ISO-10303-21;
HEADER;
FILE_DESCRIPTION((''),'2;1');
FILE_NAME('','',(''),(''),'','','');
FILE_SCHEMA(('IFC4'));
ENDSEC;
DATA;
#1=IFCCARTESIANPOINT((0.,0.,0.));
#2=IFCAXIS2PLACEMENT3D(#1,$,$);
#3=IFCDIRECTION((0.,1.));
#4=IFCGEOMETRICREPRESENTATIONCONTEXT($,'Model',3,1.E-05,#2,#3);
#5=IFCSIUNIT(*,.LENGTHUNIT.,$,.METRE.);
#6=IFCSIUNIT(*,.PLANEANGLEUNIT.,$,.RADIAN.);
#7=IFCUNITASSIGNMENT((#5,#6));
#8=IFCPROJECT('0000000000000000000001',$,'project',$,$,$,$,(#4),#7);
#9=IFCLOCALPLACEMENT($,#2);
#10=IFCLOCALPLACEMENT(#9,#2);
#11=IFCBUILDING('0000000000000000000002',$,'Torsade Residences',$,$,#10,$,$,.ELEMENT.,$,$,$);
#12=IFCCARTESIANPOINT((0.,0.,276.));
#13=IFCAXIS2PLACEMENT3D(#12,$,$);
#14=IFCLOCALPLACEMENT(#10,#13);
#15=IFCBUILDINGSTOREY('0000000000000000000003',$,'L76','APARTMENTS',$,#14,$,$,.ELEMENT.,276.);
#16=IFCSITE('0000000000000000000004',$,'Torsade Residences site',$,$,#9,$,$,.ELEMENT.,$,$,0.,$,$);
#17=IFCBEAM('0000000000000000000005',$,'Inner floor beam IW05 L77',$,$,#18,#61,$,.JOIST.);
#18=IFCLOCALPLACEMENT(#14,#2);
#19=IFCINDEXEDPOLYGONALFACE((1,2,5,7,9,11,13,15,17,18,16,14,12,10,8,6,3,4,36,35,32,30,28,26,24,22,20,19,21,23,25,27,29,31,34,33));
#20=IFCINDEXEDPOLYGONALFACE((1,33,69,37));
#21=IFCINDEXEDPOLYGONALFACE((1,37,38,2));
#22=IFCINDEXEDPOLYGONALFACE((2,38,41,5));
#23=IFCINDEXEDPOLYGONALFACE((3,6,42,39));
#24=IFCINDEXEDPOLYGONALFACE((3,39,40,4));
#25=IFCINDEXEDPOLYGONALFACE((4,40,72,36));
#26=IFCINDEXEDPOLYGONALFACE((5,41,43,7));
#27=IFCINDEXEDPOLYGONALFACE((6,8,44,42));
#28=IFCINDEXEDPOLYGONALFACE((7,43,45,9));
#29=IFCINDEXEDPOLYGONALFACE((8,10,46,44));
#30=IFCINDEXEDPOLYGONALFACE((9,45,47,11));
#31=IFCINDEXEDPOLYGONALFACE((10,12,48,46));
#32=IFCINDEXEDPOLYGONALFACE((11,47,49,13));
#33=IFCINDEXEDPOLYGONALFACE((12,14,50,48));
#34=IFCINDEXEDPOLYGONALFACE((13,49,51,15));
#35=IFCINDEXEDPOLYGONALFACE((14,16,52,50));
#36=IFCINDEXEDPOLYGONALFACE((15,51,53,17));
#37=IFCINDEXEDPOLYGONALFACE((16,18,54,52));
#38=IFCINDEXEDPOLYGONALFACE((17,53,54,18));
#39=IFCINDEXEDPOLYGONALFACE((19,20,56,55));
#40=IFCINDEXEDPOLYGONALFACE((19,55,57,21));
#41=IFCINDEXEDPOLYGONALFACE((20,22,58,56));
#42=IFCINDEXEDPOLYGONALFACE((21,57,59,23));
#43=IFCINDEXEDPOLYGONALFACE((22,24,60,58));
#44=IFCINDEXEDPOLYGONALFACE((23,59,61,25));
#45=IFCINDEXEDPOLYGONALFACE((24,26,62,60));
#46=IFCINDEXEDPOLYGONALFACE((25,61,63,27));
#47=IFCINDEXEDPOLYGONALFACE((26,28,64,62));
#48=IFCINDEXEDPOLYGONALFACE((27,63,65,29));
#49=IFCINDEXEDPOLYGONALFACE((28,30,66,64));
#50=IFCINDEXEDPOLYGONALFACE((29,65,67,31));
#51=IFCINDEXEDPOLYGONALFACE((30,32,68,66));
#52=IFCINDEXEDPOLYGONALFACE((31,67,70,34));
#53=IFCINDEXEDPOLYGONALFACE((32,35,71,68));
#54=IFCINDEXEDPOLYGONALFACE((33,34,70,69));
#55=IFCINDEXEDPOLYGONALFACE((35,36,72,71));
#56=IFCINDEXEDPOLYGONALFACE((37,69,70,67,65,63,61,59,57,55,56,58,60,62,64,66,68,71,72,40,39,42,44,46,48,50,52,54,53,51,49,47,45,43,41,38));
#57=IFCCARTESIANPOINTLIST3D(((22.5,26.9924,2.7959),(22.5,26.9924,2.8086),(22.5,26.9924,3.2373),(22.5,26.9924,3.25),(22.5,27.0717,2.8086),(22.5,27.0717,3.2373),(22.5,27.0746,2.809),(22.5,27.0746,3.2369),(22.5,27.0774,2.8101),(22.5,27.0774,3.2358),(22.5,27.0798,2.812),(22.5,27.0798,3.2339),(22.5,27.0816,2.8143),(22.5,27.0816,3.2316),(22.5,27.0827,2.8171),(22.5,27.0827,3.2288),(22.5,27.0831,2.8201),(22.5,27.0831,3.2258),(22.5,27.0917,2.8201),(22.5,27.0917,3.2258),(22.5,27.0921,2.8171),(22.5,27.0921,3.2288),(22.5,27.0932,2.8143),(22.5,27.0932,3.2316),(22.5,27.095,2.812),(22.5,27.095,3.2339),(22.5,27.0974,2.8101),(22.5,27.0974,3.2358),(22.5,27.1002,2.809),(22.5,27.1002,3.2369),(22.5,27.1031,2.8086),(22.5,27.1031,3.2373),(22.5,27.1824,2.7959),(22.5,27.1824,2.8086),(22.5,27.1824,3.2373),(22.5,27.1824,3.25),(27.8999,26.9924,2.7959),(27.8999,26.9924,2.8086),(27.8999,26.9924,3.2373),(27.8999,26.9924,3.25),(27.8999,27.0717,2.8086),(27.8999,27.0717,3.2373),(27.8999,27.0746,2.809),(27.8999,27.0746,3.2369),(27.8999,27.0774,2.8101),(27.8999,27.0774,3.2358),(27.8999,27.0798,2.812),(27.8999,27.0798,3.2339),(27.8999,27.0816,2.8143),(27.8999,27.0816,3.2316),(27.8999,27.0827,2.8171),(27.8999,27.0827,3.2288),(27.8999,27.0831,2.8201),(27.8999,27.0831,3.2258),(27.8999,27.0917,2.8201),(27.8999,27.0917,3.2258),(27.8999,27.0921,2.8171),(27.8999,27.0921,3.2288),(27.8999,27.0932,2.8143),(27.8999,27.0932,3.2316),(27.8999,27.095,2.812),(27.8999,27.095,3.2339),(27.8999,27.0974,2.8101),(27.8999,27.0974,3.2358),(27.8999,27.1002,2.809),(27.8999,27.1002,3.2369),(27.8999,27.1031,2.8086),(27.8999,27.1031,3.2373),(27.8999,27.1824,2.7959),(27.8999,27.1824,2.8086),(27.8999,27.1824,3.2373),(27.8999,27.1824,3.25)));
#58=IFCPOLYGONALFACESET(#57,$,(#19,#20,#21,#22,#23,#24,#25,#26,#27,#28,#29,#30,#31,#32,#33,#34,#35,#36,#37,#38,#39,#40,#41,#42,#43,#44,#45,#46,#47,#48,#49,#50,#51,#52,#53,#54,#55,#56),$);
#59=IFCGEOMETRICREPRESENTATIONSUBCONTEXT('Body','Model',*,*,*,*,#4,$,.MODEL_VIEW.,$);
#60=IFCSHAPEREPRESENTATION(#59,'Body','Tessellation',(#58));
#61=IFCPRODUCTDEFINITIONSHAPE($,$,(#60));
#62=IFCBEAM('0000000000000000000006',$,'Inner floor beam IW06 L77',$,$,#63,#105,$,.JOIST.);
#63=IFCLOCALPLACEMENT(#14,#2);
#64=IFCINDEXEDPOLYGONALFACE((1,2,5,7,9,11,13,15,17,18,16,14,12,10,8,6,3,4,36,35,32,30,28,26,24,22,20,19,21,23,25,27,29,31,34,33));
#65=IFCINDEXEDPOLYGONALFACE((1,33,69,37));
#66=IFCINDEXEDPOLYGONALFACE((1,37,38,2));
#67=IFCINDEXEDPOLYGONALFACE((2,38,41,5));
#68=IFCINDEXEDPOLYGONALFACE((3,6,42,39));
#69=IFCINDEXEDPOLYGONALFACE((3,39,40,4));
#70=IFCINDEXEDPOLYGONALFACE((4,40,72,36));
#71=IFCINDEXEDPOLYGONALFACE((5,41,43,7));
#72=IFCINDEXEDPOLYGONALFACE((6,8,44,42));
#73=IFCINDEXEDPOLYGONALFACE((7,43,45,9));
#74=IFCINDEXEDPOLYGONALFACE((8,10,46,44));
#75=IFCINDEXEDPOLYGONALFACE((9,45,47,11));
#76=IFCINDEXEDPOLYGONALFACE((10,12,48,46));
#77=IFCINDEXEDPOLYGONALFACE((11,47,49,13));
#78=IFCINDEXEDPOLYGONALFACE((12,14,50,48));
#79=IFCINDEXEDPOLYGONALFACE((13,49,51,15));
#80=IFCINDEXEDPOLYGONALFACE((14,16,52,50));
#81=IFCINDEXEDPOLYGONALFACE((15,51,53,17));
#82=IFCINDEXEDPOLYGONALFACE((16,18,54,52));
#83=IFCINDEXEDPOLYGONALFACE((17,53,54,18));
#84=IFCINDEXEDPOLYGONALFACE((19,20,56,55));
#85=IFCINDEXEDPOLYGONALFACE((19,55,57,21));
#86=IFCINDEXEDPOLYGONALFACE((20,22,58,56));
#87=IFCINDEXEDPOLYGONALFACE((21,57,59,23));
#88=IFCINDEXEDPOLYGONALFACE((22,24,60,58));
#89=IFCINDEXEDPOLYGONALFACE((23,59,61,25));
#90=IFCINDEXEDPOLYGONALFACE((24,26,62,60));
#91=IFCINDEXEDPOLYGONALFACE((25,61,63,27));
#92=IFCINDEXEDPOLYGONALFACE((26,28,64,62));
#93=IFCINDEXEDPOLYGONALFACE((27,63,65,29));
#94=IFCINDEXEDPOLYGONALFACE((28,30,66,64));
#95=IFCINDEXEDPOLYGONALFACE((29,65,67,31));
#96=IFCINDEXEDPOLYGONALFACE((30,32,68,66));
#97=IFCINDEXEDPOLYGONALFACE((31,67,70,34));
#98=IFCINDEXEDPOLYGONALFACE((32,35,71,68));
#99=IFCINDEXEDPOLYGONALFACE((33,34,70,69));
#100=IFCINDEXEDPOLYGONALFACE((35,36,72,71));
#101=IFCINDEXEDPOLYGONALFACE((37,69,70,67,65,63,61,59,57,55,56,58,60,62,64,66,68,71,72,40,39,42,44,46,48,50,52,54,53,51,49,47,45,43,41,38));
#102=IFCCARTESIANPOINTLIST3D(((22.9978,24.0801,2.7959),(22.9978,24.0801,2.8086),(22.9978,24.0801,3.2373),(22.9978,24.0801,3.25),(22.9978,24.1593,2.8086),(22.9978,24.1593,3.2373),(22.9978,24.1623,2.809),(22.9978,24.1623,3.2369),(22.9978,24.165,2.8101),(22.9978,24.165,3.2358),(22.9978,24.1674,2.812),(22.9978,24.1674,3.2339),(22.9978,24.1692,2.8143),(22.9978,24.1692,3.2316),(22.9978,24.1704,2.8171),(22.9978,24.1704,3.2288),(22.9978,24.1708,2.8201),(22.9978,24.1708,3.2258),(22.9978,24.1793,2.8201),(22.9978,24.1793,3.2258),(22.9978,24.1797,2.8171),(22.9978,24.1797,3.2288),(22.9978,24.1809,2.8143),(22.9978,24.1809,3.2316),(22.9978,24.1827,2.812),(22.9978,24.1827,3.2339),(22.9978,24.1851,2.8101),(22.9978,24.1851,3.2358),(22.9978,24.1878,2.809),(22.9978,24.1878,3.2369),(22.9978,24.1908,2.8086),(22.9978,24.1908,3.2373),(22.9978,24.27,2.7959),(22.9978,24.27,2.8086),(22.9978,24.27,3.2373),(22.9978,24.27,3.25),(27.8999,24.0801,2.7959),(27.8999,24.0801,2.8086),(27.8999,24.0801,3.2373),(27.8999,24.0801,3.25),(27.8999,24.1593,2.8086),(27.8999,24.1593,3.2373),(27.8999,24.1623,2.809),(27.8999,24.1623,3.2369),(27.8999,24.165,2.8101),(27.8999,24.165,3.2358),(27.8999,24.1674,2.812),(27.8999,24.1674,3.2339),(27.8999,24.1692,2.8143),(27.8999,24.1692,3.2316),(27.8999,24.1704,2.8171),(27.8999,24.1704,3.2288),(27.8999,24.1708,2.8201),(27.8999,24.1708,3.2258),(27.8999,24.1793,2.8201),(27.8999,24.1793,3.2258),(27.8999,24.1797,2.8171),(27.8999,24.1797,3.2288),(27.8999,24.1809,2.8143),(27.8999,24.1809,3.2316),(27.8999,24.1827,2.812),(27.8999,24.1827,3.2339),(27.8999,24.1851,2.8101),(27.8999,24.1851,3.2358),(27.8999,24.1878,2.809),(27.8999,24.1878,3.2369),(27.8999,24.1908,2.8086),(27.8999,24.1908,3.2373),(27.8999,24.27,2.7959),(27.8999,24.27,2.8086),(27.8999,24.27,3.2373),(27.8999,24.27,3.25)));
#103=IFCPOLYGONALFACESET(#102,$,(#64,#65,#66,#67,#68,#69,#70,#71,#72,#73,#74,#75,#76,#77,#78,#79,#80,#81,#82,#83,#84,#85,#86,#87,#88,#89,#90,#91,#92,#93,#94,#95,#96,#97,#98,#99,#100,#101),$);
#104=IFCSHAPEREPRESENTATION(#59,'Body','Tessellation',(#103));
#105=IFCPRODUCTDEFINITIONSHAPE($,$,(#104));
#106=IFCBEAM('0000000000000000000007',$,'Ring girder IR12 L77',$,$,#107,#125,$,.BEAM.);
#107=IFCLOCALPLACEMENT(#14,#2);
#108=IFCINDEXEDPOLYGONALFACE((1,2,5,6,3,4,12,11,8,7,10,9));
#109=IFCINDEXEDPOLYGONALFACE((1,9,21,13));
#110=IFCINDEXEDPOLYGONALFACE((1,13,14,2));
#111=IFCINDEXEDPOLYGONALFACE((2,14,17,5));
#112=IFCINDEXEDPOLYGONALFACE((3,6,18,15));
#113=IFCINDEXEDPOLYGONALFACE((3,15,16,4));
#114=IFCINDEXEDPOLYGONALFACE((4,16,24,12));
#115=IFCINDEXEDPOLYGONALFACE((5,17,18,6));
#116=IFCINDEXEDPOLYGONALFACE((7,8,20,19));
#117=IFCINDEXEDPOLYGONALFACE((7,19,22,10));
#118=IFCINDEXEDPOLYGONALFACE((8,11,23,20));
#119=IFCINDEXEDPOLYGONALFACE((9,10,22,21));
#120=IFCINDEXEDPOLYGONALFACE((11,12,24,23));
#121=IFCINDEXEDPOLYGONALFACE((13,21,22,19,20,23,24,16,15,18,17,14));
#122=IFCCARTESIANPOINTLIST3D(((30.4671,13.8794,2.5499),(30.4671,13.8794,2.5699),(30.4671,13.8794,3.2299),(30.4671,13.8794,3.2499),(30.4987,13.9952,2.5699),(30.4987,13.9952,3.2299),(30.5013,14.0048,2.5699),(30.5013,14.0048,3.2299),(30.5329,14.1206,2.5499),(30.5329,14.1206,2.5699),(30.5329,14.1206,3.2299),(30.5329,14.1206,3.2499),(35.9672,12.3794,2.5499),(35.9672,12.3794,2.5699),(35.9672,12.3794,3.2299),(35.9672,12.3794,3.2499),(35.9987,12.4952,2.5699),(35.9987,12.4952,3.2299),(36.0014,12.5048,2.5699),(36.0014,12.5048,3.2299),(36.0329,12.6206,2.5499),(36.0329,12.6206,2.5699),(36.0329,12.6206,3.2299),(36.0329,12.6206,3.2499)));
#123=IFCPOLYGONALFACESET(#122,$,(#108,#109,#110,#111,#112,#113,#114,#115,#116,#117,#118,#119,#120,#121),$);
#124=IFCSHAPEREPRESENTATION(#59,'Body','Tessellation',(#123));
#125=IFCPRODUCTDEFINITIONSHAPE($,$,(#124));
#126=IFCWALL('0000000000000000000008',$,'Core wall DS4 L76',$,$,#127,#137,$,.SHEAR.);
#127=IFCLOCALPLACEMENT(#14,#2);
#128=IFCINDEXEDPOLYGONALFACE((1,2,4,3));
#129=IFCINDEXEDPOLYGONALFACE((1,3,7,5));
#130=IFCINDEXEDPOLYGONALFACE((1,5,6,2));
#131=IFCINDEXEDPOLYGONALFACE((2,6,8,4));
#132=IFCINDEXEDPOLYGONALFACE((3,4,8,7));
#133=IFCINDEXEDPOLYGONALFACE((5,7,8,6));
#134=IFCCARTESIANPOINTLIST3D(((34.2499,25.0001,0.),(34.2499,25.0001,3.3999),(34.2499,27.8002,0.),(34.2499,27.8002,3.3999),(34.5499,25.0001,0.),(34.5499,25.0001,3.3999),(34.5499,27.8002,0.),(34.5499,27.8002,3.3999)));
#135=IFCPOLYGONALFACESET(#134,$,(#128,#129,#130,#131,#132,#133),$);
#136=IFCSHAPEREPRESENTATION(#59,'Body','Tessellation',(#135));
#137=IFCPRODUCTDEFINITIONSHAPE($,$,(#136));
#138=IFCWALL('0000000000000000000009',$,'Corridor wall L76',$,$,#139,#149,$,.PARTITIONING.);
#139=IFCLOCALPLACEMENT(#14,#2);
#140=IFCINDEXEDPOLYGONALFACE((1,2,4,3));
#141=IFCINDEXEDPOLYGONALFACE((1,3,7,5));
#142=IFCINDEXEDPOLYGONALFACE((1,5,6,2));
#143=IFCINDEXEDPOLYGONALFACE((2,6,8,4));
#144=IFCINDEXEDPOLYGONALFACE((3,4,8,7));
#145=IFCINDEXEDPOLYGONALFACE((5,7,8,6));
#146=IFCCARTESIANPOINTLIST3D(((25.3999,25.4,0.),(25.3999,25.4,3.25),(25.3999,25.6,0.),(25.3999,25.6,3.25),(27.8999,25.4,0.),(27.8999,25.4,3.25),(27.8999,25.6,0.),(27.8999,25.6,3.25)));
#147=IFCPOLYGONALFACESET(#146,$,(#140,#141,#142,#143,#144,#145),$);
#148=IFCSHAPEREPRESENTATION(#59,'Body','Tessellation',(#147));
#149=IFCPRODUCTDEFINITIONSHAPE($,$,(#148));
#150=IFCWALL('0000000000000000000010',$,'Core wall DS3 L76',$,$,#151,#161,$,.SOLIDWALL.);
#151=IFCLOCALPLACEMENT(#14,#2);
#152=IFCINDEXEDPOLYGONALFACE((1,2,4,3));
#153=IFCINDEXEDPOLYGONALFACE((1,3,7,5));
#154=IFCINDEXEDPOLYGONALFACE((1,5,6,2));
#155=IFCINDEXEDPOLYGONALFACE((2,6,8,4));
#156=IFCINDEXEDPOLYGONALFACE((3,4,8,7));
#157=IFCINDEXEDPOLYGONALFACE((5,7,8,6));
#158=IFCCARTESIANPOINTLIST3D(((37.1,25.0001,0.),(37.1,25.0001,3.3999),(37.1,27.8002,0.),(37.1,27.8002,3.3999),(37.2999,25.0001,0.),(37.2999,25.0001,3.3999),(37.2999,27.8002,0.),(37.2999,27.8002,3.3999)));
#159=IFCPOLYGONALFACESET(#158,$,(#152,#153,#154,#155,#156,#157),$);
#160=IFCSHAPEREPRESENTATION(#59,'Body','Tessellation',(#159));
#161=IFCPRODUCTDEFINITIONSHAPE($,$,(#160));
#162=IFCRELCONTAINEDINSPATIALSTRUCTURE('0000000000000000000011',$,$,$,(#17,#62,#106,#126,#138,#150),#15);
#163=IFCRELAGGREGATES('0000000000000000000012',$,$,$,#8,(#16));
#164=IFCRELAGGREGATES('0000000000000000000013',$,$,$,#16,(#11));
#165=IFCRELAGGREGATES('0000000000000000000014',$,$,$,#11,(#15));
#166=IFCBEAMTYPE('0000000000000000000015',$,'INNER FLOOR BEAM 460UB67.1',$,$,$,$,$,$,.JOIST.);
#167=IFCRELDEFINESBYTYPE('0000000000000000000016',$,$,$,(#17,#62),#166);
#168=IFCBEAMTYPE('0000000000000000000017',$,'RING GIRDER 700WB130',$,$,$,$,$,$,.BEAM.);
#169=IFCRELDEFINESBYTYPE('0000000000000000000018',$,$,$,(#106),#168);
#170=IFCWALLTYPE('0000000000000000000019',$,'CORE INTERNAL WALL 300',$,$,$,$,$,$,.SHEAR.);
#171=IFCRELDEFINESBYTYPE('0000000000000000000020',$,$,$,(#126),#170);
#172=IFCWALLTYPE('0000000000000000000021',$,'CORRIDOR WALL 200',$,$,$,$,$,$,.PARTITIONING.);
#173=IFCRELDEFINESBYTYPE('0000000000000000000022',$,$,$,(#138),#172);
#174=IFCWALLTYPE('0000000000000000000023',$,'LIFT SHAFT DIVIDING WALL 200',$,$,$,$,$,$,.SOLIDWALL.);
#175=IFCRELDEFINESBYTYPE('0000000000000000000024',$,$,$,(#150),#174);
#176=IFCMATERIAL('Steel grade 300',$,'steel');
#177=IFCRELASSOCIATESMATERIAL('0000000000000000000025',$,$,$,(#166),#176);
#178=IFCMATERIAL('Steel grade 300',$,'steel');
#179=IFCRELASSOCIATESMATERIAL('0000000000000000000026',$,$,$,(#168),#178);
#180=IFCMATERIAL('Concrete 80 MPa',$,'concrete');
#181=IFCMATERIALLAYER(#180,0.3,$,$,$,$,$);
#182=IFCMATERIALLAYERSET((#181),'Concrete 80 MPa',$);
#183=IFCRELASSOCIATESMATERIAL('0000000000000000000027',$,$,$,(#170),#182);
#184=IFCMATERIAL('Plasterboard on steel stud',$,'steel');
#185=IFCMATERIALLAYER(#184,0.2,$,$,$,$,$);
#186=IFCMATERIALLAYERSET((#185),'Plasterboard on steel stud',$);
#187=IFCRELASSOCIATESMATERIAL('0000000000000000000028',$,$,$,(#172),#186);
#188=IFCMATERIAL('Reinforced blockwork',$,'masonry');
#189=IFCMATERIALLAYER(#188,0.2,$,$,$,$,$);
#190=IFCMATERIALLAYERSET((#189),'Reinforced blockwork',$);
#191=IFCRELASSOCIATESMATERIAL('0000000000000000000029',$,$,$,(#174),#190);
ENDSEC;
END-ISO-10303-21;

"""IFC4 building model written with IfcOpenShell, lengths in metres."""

from ifc_helpers import new_model, si_unit, direction, frame, frame_2d, origin, origin_2d, place, context, subcontext, project, spatial, rectangle, i_section, extrude, material, layer, layer_set, material_profile, profile_set, type_object, element, save


model = new_model("IFC4")

# Units and contexts
model_context = context("Model", 3, precision=1e-05, world=origin(), true_north=direction((0.0, 1.0)))
body_context = subcontext(model_context, "Body", "Model", "MODEL_VIEW")
ifc_project = project(units=[si_unit("LENGTHUNIT", "METRE"), si_unit("PLANEANGLEUNIT", "RADIAN")], contexts=[model_context])

# Site, building, storey
site_placement = place(None, origin())
site = spatial("IfcSite", under=ifc_project, at=site_placement, Name="Torsade Residences site", CompositionType="ELEMENT", RefElevation=0.0)
building_placement = place(site_placement, origin())
building = spatial("IfcBuilding", under=site, at=building_placement, Name="Torsade Residences", CompositionType="ELEMENT")
storey_placement = place(building_placement, frame((0.0, 0.0, 276.0)))
storey = spatial("IfcBuildingStorey", under=building, at=storey_placement, Name="L76", Description="APARTMENTS", CompositionType="ELEMENT", Elevation=276.0)

# Beams
ifc_material_1 = material(Name="Steel grade 300", Category="steel")
ifc_material_profile_1 = material_profile(ifc_material_1, i_section(OverallWidth=0.1899, OverallDepth=0.4541, WebThickness=0.0085, FlangeThickness=0.0127, FilletRadius=0.0115, at=origin_2d()), Name="460UB67.1")
ifc_profile_set_1 = profile_set([ifc_material_profile_1], Name="Steel grade 300")
beam_type_1 = type_object("IfcBeamType", Name="INNER FLOOR BEAM 460UB67.1", PredefinedType="JOIST", material=ifc_profile_set_1)
beam_1_placement = place(storey_placement, frame((27.8999, 27.0874, 3.0229), z_axis=(-1.0, 0.0, 0.0), x_axis=(0.0, -1.0, 0.0)))
element("IfcBeam", 1, at=beam_1_placement, inside=storey, type_object=beam_type_1, Name="Inner floor beam IW05 L77", PredefinedType="JOIST", context=body_context, shape_type="SweptSolid", body=[
    extrude(i_section(OverallWidth=0.1899, OverallDepth=0.4541, WebThickness=0.0085, FlangeThickness=0.0127, FilletRadius=0.0115, at=origin_2d()), origin(), (0.0, 0.0, 1.0), 5.3999),
])
beam_2_placement = place(storey_placement, frame((27.8999, 24.175, 3.0229), z_axis=(-1.0, 0.0, 0.0), x_axis=(0.0, -1.0, 0.0)))
element("IfcBeam", 2, at=beam_2_placement, inside=storey, type_object=beam_type_1, Name="Inner floor beam IW06 L77", PredefinedType="JOIST", context=body_context, shape_type="SweptSolid", body=[
    extrude(i_section(OverallWidth=0.1899, OverallDepth=0.4541, WebThickness=0.0085, FlangeThickness=0.0127, FilletRadius=0.0115, at=origin_2d()), origin(), (0.0, 0.0, 1.0), 4.9021),
])
ifc_material_2 = material(Name="Steel grade 300", Category="steel")
ifc_material_profile_2 = material_profile(ifc_material_2, i_section(OverallWidth=0.25, OverallDepth=0.7, WebThickness=0.01, FlangeThickness=0.02, at=origin_2d()), Name="700WB130")
ifc_profile_set_2 = profile_set([ifc_material_profile_2], Name="Steel grade 300")
beam_type_2 = type_object("IfcBeamType", Name="RING GIRDER 700WB130", PredefinedType="BEAM", material=ifc_profile_set_2)
beam_3_placement = place(storey_placement, frame((30.5, 14.0, 2.8999), z_axis=(0.964764, -0.263117, 0.0), x_axis=(0.263117, 0.964764, 0.0)))
element("IfcBeam", 3, at=beam_3_placement, inside=storey, type_object=beam_type_2, Name="Ring girder IR12 L77", PredefinedType="BEAM", context=body_context, shape_type="SweptSolid", body=[
    extrude(i_section(OverallWidth=0.25, OverallDepth=0.7, WebThickness=0.01, FlangeThickness=0.02, at=origin_2d()), origin(), (0.0, 0.0, 1.0), 5.7009),
])

# Walls
ifc_material_3 = material(Name="Concrete 80 MPa", Category="concrete")
ifc_layer_1 = layer(ifc_material_3, 0.3)
ifc_layer_set_1 = layer_set([ifc_layer_1], Name="Concrete 80 MPa")
wall_type_1 = type_object("IfcWallType", Name="CORE INTERNAL WALL 300", PredefinedType="SHEAR", material=ifc_layer_set_1)
wall_1_placement = place(storey_placement, frame((34.3999, 27.8, 0.0), z_axis=(0.0, 0.0, 1.0), x_axis=(0.0, -1.0, 0.0)))
element("IfcWall", 4, at=wall_1_placement, inside=storey, type_object=wall_type_1, Name="Core wall DS4 L76", PredefinedType="SHEAR", context=body_context, shape_type="SweptSolid", body=[
    extrude(rectangle(XDim=2.8, YDim=0.3, at=frame_2d((1.3999, 0.0))), origin(), (0.0, 0.0, 1.0), 3.3999),
])
ifc_material_4 = material(Name="Plasterboard on steel stud", Category="steel")
ifc_layer_2 = layer(ifc_material_4, 0.2)
ifc_layer_set_2 = layer_set([ifc_layer_2], Name="Plasterboard on steel stud")
wall_type_2 = type_object("IfcWallType", Name="CORRIDOR WALL 200", PredefinedType="PARTITIONING", material=ifc_layer_set_2)
wall_2_placement = place(storey_placement, frame((27.8999, 25.5, 0.0), z_axis=(0.0, 0.0, 1.0), x_axis=(-1.0, 0.0, 0.0)))
element("IfcWall", 5, at=wall_2_placement, inside=storey, type_object=wall_type_2, Name="Corridor wall L76", PredefinedType="PARTITIONING", context=body_context, shape_type="SweptSolid", body=[
    extrude(rectangle(XDim=2.5, YDim=0.2, at=frame_2d((1.25, 0.0))), origin(), (0.0, 0.0, 1.0), 3.25),
])
ifc_material_5 = material(Name="Reinforced blockwork", Category="masonry")
ifc_layer_3 = layer(ifc_material_5, 0.2)
ifc_layer_set_3 = layer_set([ifc_layer_3], Name="Reinforced blockwork")
wall_type_3 = type_object("IfcWallType", Name="LIFT SHAFT DIVIDING WALL 200", PredefinedType="SOLIDWALL", material=ifc_layer_set_3)
wall_3_placement = place(storey_placement, frame((37.2, 27.8, 0.0), z_axis=(0.0, 0.0, 1.0), x_axis=(0.0, -1.0, 0.0)))
element("IfcWall", 6, at=wall_3_placement, inside=storey, type_object=wall_type_3, Name="Core wall DS3 L76", PredefinedType="SOLIDWALL", context=body_context, shape_type="SweptSolid", body=[
    extrude(rectangle(XDim=2.8, YDim=0.2, at=frame_2d((1.3999, 0.0))), origin(), (0.0, 0.0, 1.0), 3.3999),
])

save(model, "model.ifc")
